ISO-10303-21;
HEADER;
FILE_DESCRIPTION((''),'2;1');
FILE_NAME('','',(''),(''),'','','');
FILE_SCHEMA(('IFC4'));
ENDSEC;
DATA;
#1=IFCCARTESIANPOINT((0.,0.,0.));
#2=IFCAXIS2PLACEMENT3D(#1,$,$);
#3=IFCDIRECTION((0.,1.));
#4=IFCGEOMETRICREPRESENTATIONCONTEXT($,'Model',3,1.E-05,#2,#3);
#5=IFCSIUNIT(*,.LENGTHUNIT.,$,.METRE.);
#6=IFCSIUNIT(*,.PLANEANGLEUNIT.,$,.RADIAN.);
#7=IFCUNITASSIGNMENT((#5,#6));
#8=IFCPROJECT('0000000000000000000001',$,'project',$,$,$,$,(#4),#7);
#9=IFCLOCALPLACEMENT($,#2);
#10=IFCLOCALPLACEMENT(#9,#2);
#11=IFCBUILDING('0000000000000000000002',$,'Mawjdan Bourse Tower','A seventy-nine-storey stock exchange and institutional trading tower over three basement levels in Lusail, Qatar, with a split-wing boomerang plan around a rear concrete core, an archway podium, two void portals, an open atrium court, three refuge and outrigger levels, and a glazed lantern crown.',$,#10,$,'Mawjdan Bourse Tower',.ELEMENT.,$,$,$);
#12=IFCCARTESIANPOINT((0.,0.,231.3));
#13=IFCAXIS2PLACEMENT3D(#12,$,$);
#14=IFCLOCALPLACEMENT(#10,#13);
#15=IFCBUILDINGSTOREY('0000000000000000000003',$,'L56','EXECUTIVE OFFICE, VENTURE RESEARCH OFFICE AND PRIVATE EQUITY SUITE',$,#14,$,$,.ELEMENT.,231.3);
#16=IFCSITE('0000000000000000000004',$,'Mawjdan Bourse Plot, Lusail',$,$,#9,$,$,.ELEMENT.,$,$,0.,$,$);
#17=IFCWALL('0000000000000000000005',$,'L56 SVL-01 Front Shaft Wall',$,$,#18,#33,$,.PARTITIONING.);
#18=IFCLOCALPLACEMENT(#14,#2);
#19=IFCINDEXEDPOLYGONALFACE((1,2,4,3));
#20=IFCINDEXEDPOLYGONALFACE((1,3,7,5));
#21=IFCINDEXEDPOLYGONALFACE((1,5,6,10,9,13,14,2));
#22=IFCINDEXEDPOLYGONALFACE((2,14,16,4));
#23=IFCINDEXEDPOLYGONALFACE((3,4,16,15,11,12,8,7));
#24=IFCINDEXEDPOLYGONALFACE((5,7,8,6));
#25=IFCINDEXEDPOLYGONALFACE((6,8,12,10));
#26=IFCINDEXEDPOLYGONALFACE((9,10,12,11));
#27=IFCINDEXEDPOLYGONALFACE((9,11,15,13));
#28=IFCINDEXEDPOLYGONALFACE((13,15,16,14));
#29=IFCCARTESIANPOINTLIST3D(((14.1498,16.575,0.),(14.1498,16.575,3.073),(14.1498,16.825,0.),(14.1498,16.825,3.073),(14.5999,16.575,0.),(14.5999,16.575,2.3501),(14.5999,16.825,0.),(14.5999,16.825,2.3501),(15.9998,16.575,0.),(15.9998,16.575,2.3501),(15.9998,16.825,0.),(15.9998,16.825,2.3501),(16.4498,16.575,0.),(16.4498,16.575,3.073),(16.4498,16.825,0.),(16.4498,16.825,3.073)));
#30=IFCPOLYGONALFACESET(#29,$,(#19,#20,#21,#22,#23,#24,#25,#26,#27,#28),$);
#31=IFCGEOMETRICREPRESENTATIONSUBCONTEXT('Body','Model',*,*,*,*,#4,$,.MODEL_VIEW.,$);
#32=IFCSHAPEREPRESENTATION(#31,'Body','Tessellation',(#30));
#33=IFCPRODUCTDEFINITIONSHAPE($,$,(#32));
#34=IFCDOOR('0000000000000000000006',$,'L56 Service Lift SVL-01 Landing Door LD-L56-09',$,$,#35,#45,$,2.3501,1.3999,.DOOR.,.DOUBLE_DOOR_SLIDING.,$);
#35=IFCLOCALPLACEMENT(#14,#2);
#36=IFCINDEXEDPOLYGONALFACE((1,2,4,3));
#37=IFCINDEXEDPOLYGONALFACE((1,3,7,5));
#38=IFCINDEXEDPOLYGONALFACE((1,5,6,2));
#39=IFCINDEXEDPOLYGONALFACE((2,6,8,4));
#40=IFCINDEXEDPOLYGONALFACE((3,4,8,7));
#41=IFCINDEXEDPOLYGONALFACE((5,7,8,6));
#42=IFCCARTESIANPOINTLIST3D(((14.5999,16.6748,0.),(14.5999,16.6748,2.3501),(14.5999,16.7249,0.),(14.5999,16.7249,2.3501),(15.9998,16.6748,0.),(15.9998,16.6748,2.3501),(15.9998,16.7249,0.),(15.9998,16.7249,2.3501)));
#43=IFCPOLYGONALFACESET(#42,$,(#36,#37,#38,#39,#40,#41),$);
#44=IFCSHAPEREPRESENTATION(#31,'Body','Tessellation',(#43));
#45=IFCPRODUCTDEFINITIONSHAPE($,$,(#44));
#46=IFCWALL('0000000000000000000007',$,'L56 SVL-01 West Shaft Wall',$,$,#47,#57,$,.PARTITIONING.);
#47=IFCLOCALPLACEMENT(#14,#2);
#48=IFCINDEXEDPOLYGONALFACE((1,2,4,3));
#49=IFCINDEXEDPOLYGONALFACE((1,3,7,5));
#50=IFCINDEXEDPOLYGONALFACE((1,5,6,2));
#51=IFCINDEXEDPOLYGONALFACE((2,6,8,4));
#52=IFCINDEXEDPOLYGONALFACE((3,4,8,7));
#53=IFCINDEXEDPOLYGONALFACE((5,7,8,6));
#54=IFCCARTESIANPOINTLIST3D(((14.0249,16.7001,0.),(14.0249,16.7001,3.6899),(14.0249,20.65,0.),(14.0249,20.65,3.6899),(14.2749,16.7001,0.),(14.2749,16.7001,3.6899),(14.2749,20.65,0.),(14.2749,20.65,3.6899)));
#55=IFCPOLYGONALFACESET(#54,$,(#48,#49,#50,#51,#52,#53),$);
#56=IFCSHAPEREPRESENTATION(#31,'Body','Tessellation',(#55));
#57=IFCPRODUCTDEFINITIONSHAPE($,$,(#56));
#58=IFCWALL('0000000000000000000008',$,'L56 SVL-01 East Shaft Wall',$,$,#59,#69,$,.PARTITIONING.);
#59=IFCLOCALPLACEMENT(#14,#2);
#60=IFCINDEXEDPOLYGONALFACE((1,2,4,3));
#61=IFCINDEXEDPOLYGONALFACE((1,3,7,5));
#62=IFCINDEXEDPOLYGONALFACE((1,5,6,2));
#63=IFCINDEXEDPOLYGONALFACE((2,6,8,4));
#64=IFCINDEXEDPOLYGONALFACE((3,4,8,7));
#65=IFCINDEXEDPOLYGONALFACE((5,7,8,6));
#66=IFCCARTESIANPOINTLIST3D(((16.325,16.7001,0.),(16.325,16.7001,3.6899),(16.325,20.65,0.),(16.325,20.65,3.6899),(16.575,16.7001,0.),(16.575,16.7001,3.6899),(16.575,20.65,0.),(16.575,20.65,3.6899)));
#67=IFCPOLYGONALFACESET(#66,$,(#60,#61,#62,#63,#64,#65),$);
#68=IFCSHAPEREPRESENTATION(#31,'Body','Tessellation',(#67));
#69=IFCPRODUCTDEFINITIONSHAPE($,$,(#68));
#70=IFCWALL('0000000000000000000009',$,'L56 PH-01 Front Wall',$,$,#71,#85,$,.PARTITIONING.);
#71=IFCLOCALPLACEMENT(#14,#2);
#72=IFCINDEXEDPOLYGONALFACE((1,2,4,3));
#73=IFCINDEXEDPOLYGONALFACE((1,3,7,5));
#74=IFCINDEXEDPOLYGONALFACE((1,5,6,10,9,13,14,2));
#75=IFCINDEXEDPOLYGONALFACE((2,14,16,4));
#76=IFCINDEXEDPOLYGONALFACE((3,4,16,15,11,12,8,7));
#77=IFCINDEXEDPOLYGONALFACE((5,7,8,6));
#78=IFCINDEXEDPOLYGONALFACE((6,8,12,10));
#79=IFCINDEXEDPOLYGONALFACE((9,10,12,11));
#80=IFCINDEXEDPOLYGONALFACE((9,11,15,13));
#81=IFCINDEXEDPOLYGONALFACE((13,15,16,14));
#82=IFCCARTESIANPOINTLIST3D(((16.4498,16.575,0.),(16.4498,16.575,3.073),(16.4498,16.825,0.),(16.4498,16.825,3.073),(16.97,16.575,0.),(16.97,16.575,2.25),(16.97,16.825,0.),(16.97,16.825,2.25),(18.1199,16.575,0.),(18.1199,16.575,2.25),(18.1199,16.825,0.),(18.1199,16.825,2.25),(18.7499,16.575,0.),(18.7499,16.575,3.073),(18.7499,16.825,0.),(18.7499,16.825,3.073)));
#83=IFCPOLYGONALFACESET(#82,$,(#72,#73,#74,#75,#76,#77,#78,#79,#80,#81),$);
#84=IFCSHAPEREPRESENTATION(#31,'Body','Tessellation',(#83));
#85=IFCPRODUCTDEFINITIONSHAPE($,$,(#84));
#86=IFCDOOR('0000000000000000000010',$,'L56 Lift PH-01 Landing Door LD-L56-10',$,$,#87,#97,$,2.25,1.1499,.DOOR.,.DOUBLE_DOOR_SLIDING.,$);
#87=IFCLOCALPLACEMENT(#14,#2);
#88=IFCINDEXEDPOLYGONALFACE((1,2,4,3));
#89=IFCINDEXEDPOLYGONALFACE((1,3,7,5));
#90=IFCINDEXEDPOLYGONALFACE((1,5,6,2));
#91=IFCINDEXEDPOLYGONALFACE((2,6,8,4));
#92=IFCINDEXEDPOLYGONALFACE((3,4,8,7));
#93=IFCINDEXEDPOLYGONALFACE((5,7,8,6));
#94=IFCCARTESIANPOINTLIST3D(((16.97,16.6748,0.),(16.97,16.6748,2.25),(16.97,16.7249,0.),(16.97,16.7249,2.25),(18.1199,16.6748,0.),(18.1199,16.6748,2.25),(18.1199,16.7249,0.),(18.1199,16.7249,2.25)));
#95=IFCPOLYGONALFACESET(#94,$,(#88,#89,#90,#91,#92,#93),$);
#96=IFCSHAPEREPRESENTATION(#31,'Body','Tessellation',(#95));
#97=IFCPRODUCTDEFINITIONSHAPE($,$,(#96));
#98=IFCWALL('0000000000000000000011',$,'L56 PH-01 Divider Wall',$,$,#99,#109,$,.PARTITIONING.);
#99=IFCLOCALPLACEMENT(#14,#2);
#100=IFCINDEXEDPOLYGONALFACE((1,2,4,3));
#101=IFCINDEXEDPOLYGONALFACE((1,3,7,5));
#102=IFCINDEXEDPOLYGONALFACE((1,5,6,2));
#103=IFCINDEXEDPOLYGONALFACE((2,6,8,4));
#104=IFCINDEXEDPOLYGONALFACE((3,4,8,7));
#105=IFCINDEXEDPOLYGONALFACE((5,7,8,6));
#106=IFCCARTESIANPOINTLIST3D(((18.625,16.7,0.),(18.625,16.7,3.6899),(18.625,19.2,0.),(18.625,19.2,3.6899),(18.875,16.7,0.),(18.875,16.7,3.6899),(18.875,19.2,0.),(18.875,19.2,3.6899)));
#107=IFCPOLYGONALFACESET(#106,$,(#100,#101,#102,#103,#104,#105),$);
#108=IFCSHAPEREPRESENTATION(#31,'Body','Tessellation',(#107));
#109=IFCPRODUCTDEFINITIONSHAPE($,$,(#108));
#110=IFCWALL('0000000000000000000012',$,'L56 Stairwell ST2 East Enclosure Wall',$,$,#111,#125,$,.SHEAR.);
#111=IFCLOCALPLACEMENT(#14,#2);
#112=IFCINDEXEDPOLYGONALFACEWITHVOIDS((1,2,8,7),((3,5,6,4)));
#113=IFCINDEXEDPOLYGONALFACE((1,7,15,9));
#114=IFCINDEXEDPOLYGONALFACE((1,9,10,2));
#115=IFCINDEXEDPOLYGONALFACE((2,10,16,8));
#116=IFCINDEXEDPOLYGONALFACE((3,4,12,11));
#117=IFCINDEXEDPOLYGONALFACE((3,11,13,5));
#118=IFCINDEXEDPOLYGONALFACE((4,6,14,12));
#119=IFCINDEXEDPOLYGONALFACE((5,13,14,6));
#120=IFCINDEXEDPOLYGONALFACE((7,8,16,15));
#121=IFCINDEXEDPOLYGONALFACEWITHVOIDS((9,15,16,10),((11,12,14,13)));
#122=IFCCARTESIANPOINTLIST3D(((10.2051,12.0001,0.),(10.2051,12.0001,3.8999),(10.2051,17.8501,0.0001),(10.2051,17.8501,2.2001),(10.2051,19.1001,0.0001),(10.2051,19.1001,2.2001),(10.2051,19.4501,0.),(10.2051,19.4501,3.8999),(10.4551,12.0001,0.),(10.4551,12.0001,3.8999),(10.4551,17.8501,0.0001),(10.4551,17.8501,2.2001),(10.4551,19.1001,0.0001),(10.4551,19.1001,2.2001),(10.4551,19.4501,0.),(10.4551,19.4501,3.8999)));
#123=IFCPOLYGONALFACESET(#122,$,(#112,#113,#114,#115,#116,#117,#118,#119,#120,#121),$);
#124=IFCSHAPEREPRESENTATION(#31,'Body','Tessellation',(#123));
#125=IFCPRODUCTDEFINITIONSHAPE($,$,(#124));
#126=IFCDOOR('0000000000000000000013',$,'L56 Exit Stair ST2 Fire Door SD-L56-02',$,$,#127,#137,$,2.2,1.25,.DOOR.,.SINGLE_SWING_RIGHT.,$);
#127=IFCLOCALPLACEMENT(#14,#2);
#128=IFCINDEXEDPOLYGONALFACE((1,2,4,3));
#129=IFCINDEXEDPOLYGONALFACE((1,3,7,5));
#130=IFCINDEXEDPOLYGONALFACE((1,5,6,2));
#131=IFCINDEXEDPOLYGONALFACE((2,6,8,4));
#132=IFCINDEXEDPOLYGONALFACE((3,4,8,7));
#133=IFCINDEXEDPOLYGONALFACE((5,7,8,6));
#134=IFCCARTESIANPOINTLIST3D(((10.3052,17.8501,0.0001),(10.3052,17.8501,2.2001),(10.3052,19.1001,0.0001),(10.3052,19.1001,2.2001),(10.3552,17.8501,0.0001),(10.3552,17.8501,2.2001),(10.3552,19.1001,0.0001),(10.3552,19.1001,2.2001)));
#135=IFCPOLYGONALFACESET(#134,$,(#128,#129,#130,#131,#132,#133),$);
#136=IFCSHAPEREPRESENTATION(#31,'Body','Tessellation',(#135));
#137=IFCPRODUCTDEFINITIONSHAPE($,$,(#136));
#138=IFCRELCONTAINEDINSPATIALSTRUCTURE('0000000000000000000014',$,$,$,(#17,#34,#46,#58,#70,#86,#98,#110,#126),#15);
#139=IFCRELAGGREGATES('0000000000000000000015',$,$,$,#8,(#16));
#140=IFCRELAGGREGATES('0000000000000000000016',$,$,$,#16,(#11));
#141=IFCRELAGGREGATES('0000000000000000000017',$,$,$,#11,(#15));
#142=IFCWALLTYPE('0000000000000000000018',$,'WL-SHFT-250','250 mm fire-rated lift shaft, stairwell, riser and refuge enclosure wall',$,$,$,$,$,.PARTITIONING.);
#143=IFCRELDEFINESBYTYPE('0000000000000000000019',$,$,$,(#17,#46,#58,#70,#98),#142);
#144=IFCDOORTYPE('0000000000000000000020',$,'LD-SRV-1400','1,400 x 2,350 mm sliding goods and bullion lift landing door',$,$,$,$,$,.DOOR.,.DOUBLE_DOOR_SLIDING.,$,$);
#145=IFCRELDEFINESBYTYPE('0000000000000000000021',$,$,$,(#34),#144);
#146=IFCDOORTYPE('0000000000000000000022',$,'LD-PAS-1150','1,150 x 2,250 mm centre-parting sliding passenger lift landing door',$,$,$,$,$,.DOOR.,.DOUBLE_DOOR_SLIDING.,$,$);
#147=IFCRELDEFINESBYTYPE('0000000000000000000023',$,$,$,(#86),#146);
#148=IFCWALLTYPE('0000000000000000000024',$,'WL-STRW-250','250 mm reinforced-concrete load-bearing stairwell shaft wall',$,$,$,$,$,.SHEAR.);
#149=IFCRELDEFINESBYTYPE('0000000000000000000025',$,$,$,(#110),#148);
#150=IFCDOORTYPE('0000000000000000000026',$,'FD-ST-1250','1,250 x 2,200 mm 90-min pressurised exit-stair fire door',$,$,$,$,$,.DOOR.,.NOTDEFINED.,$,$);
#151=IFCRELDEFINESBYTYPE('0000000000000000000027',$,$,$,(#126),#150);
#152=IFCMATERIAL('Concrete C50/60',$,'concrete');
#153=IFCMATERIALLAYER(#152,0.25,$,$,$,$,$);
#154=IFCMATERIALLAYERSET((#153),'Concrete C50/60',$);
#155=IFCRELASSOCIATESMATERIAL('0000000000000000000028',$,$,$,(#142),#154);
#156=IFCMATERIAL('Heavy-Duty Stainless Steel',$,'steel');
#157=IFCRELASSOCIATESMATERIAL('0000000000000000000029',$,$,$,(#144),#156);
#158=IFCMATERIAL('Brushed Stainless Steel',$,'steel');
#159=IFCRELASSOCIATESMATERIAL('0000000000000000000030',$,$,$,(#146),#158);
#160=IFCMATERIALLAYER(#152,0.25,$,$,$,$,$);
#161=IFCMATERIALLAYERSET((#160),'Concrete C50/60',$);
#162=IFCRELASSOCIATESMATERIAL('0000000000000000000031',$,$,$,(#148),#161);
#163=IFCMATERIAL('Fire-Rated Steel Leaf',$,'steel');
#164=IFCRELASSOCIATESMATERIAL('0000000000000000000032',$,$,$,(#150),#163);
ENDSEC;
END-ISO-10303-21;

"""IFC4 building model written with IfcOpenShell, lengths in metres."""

from ifc_helpers import new_model, si_unit, direction, frame, frame_2d, origin, place, context, subcontext, project, spatial, rectangle, extrude, material, layer, layer_set, type_object, element, fill, save


model = new_model("IFC4")

# Units and contexts
model_context = context("Model", 3, precision=1e-05, world=origin(), true_north=direction((0.0, 1.0)))
body_context = subcontext(model_context, "Body", "Model", "MODEL_VIEW")
ifc_project = project(units=[si_unit("LENGTHUNIT", "METRE"), si_unit("PLANEANGLEUNIT", "RADIAN")], contexts=[model_context])

# Site, building, storey
site_placement = place(None, origin())
site = spatial("IfcSite", under=ifc_project, at=site_placement, Name="Mawjdan Bourse Plot, Lusail", CompositionType="ELEMENT", RefElevation=0.0)
building_placement = place(site_placement, origin())
building = spatial("IfcBuilding", under=site, at=building_placement, Name="Mawjdan Bourse Tower", Description="A seventy-nine-storey stock exchange and institutional trading tower over three basement levels in Lusail, Qatar, with a split-wing boomerang plan around a rear concrete core, an archway podium, two void portals, an open atrium court, three refuge and outrigger levels, and a glazed lantern crown.", LongName="Mawjdan Bourse Tower", CompositionType="ELEMENT")
storey_placement = place(building_placement, frame((0.0, 0.0, 231.3)))
storey = spatial("IfcBuildingStorey", under=building, at=storey_placement, Name="L56", Description="EXECUTIVE OFFICE, VENTURE RESEARCH OFFICE AND PRIVATE EQUITY SUITE", CompositionType="ELEMENT", Elevation=231.3)

# Shared definitions
ifc_material_1 = material(Name="Concrete C50/60", Category="concrete")
ifc_layer_1 = layer(ifc_material_1, 0.25)
ifc_layer_set_1 = layer_set([ifc_layer_1], Name="Concrete C50/60")
wall_type_1 = type_object("IfcWallType", Name="WL-SHFT-250", Description="250 mm fire-rated lift shaft, stairwell, riser and refuge enclosure wall", PredefinedType="PARTITIONING", material=ifc_layer_set_1)

# Wall, opening, door
wall_1_placement = place(storey_placement, frame((14.1499, 16.7, 0.0), z_axis=(0.0, 0.0, 1.0), x_axis=(1.0, 0.0, 0.0)))
wall_1 = element("IfcWall", 1, at=wall_1_placement, inside=storey, type_object=wall_type_1, Name="L56 SVL-01 Front Shaft Wall", PredefinedType="PARTITIONING", context=body_context, shape_type="SweptSolid", body=[
    extrude(rectangle(XDim=2.3, YDim=0.25, at=frame_2d((1.1499, 0.0))), origin(), (0.0, 0.0, 1.0), 3.073),
])
opening_1_placement = place(wall_1_placement, frame((0.45, 0.0, 0.0)))
opening_1 = element("IfcOpeningElement", 2, at=opening_1_placement, cuts=wall_1, PredefinedType="OPENING", context=body_context, shape_type="SweptSolid", body=[
    extrude(rectangle(XDim=1.3999, YDim=2.3501, at=frame_2d((0.7, 1.175))), frame((0.0, 0.135, 0.0), z_axis=(0.0, -1.0, 0.0), x_axis=(1.0, 0.0, 0.0)), (0.0, 0.0, 1.0), 0.27),
])
ifc_material_2 = material(Name="Heavy-Duty Stainless Steel", Category="steel")
door_type_1 = type_object("IfcDoorType", Name="LD-SRV-1400", Description="1,400 x 2,350 mm sliding goods and bullion lift landing door", OperationType="DOUBLE_DOOR_SLIDING", PredefinedType="DOOR", material=ifc_material_2)
door_1_placement = place(opening_1_placement, origin())
door_1 = element("IfcDoor", 3, at=door_1_placement, inside=storey, type_object=door_type_1, Name="L56 Service Lift SVL-01 Landing Door LD-L56-09", OperationType="DOUBLE_DOOR_SLIDING", OverallHeight=2.3501, OverallWidth=1.3999, PredefinedType="DOOR", context=body_context, shape_type="SweptSolid", body=[
    extrude(rectangle(XDim=1.3999, YDim=2.3501, at=frame_2d((0.7, 1.175))), frame((0.0, 0.0249, 0.0), z_axis=(0.0, -1.0, 0.0), x_axis=(1.0, 0.0, 0.0)), (0.0, 0.0, 1.0), 0.05),
])
fill(opening_1, door_1)

# Walls
for number, where, z_axis, x_axis, name in (
    (4, (14.1499, 16.7, 0.0), (0.0, 0.0, 1.0), (0.0, 1.0, 0.0), "L56 SVL-01 West Shaft Wall"),
    (5, (16.45, 16.7, 0.0), (0.0, 0.0, 1.0), (0.0, 1.0, 0.0), "L56 SVL-01 East Shaft Wall"),
):
    element("IfcWall", number, at=place(storey_placement, frame(where, z_axis=z_axis, x_axis=x_axis)), inside=storey, type_object=wall_type_1, Name=name, PredefinedType="PARTITIONING", context=body_context, shape_type="SweptSolid", body=[
        extrude(rectangle(XDim=3.95, YDim=0.25, at=frame_2d((1.9751, 0.0))), origin(), (0.0, 0.0, 1.0), 3.6899),
    ])

# Wall, opening, door
wall_2_placement = place(storey_placement, frame((16.45, 16.7, 0.0), z_axis=(0.0, 0.0, 1.0), x_axis=(1.0, 0.0, 0.0)))
wall_2 = element("IfcWall", 6, at=wall_2_placement, inside=storey, type_object=wall_type_1, Name="L56 PH-01 Front Wall", PredefinedType="PARTITIONING", context=body_context, shape_type="SweptSolid", body=[
    extrude(rectangle(XDim=2.3, YDim=0.25, at=frame_2d((1.1499, 0.0))), origin(), (0.0, 0.0, 1.0), 3.073),
])
opening_2_placement = place(wall_2_placement, frame((0.52, 0.0, 0.0)))
opening_2 = element("IfcOpeningElement", 7, at=opening_2_placement, cuts=wall_2, PredefinedType="OPENING", context=body_context, shape_type="SweptSolid", body=[
    extrude(rectangle(XDim=1.1499, YDim=2.25, at=frame_2d((0.575, 1.125))), frame((0.0, 0.135, 0.0), z_axis=(0.0, -1.0, 0.0), x_axis=(1.0, 0.0, 0.0)), (0.0, 0.0, 1.0), 0.27),
])
ifc_material_3 = material(Name="Brushed Stainless Steel", Category="steel")
door_type_2 = type_object("IfcDoorType", Name="LD-PAS-1150", Description="1,150 x 2,250 mm centre-parting sliding passenger lift landing door", OperationType="DOUBLE_DOOR_SLIDING", PredefinedType="DOOR", material=ifc_material_3)
door_2_placement = place(opening_2_placement, origin())
door_2 = element("IfcDoor", 8, at=door_2_placement, inside=storey, type_object=door_type_2, Name="L56 Lift PH-01 Landing Door LD-L56-10", OperationType="DOUBLE_DOOR_SLIDING", OverallHeight=2.25, OverallWidth=1.1499, PredefinedType="DOOR", context=body_context, shape_type="SweptSolid", body=[
    extrude(rectangle(XDim=1.1499, YDim=2.25, at=frame_2d((0.575, 1.125))), frame((0.0, 0.0249, 0.0), z_axis=(0.0, -1.0, 0.0), x_axis=(1.0, 0.0, 0.0)), (0.0, 0.0, 1.0), 0.05),
])
fill(opening_2, door_2)

# Wall
wall_3_placement = place(storey_placement, frame((18.75, 16.7, 0.0), z_axis=(0.0, 0.0, 1.0), x_axis=(0.0, 1.0, 0.0)))
element("IfcWall", 9, at=wall_3_placement, inside=storey, type_object=wall_type_1, Name="L56 PH-01 Divider Wall", PredefinedType="PARTITIONING", context=body_context, shape_type="SweptSolid", body=[
    extrude(rectangle(XDim=2.5, YDim=0.25, at=frame_2d((1.25, 0.0))), origin(), (0.0, 0.0, 1.0), 3.6899),
])

# Wall, opening, door
ifc_layer_2 = layer(ifc_material_1, 0.25)
ifc_layer_set_2 = layer_set([ifc_layer_2], Name="Concrete C50/60")
wall_type_2 = type_object("IfcWallType", Name="WL-STRW-250", Description="250 mm reinforced-concrete load-bearing stairwell shaft wall", PredefinedType="SHEAR", material=ifc_layer_set_2)
wall_4_placement = place(storey_placement, frame((10.3301, 12.0, 0.0), z_axis=(0.0, 0.0, 1.0), x_axis=(0.0, 1.0, 0.0)))
wall_4 = element("IfcWall", 10, at=wall_4_placement, inside=storey, type_object=wall_type_2, Name="L56 Stairwell ST2 East Enclosure Wall", PredefinedType="SHEAR", context=body_context, shape_type="SweptSolid", body=[
    extrude(rectangle(XDim=7.45, YDim=0.25, at=frame_2d((3.7251, 0.0))), origin(), (0.0, 0.0, 1.0), 3.8999),
])
opening_3_placement = place(wall_4_placement, frame((5.8501, 0.0, 0.0)))
opening_3 = element("IfcOpeningElement", 11, at=opening_3_placement, cuts=wall_4, PredefinedType="OPENING", context=body_context, shape_type="SweptSolid", body=[
    extrude(rectangle(XDim=1.25, YDim=2.2, at=frame_2d((0.625, 1.1001))), frame((0.0, 0.135, 0.0), z_axis=(0.0, -1.0, 0.0), x_axis=(1.0, 0.0, 0.0)), (0.0, 0.0, 1.0), 0.27),
])
ifc_material_4 = material(Name="Fire-Rated Steel Leaf", Category="steel")
door_type_3 = type_object("IfcDoorType", Name="FD-ST-1250", Description="1,250 x 2,200 mm 90-min pressurised exit-stair fire door", OperationType="NOTDEFINED", PredefinedType="DOOR", material=ifc_material_4)
door_3_placement = place(opening_3_placement, origin())
door_3 = element("IfcDoor", 12, at=door_3_placement, inside=storey, type_object=door_type_3, Name="L56 Exit Stair ST2 Fire Door SD-L56-02", OperationType="SINGLE_SWING_RIGHT", OverallHeight=2.2, OverallWidth=1.25, PredefinedType="DOOR", context=body_context, shape_type="SweptSolid", body=[
    extrude(rectangle(XDim=1.25, YDim=2.2, at=frame_2d((0.625, 1.1001))), frame((0.0, 0.0249, 0.0), z_axis=(0.0, -1.0, 0.0), x_axis=(1.0, 0.0, 0.0)), (0.0, 0.0, 1.0), 0.05),
])
fill(opening_3, door_3)

save(model, "model.ifc")
